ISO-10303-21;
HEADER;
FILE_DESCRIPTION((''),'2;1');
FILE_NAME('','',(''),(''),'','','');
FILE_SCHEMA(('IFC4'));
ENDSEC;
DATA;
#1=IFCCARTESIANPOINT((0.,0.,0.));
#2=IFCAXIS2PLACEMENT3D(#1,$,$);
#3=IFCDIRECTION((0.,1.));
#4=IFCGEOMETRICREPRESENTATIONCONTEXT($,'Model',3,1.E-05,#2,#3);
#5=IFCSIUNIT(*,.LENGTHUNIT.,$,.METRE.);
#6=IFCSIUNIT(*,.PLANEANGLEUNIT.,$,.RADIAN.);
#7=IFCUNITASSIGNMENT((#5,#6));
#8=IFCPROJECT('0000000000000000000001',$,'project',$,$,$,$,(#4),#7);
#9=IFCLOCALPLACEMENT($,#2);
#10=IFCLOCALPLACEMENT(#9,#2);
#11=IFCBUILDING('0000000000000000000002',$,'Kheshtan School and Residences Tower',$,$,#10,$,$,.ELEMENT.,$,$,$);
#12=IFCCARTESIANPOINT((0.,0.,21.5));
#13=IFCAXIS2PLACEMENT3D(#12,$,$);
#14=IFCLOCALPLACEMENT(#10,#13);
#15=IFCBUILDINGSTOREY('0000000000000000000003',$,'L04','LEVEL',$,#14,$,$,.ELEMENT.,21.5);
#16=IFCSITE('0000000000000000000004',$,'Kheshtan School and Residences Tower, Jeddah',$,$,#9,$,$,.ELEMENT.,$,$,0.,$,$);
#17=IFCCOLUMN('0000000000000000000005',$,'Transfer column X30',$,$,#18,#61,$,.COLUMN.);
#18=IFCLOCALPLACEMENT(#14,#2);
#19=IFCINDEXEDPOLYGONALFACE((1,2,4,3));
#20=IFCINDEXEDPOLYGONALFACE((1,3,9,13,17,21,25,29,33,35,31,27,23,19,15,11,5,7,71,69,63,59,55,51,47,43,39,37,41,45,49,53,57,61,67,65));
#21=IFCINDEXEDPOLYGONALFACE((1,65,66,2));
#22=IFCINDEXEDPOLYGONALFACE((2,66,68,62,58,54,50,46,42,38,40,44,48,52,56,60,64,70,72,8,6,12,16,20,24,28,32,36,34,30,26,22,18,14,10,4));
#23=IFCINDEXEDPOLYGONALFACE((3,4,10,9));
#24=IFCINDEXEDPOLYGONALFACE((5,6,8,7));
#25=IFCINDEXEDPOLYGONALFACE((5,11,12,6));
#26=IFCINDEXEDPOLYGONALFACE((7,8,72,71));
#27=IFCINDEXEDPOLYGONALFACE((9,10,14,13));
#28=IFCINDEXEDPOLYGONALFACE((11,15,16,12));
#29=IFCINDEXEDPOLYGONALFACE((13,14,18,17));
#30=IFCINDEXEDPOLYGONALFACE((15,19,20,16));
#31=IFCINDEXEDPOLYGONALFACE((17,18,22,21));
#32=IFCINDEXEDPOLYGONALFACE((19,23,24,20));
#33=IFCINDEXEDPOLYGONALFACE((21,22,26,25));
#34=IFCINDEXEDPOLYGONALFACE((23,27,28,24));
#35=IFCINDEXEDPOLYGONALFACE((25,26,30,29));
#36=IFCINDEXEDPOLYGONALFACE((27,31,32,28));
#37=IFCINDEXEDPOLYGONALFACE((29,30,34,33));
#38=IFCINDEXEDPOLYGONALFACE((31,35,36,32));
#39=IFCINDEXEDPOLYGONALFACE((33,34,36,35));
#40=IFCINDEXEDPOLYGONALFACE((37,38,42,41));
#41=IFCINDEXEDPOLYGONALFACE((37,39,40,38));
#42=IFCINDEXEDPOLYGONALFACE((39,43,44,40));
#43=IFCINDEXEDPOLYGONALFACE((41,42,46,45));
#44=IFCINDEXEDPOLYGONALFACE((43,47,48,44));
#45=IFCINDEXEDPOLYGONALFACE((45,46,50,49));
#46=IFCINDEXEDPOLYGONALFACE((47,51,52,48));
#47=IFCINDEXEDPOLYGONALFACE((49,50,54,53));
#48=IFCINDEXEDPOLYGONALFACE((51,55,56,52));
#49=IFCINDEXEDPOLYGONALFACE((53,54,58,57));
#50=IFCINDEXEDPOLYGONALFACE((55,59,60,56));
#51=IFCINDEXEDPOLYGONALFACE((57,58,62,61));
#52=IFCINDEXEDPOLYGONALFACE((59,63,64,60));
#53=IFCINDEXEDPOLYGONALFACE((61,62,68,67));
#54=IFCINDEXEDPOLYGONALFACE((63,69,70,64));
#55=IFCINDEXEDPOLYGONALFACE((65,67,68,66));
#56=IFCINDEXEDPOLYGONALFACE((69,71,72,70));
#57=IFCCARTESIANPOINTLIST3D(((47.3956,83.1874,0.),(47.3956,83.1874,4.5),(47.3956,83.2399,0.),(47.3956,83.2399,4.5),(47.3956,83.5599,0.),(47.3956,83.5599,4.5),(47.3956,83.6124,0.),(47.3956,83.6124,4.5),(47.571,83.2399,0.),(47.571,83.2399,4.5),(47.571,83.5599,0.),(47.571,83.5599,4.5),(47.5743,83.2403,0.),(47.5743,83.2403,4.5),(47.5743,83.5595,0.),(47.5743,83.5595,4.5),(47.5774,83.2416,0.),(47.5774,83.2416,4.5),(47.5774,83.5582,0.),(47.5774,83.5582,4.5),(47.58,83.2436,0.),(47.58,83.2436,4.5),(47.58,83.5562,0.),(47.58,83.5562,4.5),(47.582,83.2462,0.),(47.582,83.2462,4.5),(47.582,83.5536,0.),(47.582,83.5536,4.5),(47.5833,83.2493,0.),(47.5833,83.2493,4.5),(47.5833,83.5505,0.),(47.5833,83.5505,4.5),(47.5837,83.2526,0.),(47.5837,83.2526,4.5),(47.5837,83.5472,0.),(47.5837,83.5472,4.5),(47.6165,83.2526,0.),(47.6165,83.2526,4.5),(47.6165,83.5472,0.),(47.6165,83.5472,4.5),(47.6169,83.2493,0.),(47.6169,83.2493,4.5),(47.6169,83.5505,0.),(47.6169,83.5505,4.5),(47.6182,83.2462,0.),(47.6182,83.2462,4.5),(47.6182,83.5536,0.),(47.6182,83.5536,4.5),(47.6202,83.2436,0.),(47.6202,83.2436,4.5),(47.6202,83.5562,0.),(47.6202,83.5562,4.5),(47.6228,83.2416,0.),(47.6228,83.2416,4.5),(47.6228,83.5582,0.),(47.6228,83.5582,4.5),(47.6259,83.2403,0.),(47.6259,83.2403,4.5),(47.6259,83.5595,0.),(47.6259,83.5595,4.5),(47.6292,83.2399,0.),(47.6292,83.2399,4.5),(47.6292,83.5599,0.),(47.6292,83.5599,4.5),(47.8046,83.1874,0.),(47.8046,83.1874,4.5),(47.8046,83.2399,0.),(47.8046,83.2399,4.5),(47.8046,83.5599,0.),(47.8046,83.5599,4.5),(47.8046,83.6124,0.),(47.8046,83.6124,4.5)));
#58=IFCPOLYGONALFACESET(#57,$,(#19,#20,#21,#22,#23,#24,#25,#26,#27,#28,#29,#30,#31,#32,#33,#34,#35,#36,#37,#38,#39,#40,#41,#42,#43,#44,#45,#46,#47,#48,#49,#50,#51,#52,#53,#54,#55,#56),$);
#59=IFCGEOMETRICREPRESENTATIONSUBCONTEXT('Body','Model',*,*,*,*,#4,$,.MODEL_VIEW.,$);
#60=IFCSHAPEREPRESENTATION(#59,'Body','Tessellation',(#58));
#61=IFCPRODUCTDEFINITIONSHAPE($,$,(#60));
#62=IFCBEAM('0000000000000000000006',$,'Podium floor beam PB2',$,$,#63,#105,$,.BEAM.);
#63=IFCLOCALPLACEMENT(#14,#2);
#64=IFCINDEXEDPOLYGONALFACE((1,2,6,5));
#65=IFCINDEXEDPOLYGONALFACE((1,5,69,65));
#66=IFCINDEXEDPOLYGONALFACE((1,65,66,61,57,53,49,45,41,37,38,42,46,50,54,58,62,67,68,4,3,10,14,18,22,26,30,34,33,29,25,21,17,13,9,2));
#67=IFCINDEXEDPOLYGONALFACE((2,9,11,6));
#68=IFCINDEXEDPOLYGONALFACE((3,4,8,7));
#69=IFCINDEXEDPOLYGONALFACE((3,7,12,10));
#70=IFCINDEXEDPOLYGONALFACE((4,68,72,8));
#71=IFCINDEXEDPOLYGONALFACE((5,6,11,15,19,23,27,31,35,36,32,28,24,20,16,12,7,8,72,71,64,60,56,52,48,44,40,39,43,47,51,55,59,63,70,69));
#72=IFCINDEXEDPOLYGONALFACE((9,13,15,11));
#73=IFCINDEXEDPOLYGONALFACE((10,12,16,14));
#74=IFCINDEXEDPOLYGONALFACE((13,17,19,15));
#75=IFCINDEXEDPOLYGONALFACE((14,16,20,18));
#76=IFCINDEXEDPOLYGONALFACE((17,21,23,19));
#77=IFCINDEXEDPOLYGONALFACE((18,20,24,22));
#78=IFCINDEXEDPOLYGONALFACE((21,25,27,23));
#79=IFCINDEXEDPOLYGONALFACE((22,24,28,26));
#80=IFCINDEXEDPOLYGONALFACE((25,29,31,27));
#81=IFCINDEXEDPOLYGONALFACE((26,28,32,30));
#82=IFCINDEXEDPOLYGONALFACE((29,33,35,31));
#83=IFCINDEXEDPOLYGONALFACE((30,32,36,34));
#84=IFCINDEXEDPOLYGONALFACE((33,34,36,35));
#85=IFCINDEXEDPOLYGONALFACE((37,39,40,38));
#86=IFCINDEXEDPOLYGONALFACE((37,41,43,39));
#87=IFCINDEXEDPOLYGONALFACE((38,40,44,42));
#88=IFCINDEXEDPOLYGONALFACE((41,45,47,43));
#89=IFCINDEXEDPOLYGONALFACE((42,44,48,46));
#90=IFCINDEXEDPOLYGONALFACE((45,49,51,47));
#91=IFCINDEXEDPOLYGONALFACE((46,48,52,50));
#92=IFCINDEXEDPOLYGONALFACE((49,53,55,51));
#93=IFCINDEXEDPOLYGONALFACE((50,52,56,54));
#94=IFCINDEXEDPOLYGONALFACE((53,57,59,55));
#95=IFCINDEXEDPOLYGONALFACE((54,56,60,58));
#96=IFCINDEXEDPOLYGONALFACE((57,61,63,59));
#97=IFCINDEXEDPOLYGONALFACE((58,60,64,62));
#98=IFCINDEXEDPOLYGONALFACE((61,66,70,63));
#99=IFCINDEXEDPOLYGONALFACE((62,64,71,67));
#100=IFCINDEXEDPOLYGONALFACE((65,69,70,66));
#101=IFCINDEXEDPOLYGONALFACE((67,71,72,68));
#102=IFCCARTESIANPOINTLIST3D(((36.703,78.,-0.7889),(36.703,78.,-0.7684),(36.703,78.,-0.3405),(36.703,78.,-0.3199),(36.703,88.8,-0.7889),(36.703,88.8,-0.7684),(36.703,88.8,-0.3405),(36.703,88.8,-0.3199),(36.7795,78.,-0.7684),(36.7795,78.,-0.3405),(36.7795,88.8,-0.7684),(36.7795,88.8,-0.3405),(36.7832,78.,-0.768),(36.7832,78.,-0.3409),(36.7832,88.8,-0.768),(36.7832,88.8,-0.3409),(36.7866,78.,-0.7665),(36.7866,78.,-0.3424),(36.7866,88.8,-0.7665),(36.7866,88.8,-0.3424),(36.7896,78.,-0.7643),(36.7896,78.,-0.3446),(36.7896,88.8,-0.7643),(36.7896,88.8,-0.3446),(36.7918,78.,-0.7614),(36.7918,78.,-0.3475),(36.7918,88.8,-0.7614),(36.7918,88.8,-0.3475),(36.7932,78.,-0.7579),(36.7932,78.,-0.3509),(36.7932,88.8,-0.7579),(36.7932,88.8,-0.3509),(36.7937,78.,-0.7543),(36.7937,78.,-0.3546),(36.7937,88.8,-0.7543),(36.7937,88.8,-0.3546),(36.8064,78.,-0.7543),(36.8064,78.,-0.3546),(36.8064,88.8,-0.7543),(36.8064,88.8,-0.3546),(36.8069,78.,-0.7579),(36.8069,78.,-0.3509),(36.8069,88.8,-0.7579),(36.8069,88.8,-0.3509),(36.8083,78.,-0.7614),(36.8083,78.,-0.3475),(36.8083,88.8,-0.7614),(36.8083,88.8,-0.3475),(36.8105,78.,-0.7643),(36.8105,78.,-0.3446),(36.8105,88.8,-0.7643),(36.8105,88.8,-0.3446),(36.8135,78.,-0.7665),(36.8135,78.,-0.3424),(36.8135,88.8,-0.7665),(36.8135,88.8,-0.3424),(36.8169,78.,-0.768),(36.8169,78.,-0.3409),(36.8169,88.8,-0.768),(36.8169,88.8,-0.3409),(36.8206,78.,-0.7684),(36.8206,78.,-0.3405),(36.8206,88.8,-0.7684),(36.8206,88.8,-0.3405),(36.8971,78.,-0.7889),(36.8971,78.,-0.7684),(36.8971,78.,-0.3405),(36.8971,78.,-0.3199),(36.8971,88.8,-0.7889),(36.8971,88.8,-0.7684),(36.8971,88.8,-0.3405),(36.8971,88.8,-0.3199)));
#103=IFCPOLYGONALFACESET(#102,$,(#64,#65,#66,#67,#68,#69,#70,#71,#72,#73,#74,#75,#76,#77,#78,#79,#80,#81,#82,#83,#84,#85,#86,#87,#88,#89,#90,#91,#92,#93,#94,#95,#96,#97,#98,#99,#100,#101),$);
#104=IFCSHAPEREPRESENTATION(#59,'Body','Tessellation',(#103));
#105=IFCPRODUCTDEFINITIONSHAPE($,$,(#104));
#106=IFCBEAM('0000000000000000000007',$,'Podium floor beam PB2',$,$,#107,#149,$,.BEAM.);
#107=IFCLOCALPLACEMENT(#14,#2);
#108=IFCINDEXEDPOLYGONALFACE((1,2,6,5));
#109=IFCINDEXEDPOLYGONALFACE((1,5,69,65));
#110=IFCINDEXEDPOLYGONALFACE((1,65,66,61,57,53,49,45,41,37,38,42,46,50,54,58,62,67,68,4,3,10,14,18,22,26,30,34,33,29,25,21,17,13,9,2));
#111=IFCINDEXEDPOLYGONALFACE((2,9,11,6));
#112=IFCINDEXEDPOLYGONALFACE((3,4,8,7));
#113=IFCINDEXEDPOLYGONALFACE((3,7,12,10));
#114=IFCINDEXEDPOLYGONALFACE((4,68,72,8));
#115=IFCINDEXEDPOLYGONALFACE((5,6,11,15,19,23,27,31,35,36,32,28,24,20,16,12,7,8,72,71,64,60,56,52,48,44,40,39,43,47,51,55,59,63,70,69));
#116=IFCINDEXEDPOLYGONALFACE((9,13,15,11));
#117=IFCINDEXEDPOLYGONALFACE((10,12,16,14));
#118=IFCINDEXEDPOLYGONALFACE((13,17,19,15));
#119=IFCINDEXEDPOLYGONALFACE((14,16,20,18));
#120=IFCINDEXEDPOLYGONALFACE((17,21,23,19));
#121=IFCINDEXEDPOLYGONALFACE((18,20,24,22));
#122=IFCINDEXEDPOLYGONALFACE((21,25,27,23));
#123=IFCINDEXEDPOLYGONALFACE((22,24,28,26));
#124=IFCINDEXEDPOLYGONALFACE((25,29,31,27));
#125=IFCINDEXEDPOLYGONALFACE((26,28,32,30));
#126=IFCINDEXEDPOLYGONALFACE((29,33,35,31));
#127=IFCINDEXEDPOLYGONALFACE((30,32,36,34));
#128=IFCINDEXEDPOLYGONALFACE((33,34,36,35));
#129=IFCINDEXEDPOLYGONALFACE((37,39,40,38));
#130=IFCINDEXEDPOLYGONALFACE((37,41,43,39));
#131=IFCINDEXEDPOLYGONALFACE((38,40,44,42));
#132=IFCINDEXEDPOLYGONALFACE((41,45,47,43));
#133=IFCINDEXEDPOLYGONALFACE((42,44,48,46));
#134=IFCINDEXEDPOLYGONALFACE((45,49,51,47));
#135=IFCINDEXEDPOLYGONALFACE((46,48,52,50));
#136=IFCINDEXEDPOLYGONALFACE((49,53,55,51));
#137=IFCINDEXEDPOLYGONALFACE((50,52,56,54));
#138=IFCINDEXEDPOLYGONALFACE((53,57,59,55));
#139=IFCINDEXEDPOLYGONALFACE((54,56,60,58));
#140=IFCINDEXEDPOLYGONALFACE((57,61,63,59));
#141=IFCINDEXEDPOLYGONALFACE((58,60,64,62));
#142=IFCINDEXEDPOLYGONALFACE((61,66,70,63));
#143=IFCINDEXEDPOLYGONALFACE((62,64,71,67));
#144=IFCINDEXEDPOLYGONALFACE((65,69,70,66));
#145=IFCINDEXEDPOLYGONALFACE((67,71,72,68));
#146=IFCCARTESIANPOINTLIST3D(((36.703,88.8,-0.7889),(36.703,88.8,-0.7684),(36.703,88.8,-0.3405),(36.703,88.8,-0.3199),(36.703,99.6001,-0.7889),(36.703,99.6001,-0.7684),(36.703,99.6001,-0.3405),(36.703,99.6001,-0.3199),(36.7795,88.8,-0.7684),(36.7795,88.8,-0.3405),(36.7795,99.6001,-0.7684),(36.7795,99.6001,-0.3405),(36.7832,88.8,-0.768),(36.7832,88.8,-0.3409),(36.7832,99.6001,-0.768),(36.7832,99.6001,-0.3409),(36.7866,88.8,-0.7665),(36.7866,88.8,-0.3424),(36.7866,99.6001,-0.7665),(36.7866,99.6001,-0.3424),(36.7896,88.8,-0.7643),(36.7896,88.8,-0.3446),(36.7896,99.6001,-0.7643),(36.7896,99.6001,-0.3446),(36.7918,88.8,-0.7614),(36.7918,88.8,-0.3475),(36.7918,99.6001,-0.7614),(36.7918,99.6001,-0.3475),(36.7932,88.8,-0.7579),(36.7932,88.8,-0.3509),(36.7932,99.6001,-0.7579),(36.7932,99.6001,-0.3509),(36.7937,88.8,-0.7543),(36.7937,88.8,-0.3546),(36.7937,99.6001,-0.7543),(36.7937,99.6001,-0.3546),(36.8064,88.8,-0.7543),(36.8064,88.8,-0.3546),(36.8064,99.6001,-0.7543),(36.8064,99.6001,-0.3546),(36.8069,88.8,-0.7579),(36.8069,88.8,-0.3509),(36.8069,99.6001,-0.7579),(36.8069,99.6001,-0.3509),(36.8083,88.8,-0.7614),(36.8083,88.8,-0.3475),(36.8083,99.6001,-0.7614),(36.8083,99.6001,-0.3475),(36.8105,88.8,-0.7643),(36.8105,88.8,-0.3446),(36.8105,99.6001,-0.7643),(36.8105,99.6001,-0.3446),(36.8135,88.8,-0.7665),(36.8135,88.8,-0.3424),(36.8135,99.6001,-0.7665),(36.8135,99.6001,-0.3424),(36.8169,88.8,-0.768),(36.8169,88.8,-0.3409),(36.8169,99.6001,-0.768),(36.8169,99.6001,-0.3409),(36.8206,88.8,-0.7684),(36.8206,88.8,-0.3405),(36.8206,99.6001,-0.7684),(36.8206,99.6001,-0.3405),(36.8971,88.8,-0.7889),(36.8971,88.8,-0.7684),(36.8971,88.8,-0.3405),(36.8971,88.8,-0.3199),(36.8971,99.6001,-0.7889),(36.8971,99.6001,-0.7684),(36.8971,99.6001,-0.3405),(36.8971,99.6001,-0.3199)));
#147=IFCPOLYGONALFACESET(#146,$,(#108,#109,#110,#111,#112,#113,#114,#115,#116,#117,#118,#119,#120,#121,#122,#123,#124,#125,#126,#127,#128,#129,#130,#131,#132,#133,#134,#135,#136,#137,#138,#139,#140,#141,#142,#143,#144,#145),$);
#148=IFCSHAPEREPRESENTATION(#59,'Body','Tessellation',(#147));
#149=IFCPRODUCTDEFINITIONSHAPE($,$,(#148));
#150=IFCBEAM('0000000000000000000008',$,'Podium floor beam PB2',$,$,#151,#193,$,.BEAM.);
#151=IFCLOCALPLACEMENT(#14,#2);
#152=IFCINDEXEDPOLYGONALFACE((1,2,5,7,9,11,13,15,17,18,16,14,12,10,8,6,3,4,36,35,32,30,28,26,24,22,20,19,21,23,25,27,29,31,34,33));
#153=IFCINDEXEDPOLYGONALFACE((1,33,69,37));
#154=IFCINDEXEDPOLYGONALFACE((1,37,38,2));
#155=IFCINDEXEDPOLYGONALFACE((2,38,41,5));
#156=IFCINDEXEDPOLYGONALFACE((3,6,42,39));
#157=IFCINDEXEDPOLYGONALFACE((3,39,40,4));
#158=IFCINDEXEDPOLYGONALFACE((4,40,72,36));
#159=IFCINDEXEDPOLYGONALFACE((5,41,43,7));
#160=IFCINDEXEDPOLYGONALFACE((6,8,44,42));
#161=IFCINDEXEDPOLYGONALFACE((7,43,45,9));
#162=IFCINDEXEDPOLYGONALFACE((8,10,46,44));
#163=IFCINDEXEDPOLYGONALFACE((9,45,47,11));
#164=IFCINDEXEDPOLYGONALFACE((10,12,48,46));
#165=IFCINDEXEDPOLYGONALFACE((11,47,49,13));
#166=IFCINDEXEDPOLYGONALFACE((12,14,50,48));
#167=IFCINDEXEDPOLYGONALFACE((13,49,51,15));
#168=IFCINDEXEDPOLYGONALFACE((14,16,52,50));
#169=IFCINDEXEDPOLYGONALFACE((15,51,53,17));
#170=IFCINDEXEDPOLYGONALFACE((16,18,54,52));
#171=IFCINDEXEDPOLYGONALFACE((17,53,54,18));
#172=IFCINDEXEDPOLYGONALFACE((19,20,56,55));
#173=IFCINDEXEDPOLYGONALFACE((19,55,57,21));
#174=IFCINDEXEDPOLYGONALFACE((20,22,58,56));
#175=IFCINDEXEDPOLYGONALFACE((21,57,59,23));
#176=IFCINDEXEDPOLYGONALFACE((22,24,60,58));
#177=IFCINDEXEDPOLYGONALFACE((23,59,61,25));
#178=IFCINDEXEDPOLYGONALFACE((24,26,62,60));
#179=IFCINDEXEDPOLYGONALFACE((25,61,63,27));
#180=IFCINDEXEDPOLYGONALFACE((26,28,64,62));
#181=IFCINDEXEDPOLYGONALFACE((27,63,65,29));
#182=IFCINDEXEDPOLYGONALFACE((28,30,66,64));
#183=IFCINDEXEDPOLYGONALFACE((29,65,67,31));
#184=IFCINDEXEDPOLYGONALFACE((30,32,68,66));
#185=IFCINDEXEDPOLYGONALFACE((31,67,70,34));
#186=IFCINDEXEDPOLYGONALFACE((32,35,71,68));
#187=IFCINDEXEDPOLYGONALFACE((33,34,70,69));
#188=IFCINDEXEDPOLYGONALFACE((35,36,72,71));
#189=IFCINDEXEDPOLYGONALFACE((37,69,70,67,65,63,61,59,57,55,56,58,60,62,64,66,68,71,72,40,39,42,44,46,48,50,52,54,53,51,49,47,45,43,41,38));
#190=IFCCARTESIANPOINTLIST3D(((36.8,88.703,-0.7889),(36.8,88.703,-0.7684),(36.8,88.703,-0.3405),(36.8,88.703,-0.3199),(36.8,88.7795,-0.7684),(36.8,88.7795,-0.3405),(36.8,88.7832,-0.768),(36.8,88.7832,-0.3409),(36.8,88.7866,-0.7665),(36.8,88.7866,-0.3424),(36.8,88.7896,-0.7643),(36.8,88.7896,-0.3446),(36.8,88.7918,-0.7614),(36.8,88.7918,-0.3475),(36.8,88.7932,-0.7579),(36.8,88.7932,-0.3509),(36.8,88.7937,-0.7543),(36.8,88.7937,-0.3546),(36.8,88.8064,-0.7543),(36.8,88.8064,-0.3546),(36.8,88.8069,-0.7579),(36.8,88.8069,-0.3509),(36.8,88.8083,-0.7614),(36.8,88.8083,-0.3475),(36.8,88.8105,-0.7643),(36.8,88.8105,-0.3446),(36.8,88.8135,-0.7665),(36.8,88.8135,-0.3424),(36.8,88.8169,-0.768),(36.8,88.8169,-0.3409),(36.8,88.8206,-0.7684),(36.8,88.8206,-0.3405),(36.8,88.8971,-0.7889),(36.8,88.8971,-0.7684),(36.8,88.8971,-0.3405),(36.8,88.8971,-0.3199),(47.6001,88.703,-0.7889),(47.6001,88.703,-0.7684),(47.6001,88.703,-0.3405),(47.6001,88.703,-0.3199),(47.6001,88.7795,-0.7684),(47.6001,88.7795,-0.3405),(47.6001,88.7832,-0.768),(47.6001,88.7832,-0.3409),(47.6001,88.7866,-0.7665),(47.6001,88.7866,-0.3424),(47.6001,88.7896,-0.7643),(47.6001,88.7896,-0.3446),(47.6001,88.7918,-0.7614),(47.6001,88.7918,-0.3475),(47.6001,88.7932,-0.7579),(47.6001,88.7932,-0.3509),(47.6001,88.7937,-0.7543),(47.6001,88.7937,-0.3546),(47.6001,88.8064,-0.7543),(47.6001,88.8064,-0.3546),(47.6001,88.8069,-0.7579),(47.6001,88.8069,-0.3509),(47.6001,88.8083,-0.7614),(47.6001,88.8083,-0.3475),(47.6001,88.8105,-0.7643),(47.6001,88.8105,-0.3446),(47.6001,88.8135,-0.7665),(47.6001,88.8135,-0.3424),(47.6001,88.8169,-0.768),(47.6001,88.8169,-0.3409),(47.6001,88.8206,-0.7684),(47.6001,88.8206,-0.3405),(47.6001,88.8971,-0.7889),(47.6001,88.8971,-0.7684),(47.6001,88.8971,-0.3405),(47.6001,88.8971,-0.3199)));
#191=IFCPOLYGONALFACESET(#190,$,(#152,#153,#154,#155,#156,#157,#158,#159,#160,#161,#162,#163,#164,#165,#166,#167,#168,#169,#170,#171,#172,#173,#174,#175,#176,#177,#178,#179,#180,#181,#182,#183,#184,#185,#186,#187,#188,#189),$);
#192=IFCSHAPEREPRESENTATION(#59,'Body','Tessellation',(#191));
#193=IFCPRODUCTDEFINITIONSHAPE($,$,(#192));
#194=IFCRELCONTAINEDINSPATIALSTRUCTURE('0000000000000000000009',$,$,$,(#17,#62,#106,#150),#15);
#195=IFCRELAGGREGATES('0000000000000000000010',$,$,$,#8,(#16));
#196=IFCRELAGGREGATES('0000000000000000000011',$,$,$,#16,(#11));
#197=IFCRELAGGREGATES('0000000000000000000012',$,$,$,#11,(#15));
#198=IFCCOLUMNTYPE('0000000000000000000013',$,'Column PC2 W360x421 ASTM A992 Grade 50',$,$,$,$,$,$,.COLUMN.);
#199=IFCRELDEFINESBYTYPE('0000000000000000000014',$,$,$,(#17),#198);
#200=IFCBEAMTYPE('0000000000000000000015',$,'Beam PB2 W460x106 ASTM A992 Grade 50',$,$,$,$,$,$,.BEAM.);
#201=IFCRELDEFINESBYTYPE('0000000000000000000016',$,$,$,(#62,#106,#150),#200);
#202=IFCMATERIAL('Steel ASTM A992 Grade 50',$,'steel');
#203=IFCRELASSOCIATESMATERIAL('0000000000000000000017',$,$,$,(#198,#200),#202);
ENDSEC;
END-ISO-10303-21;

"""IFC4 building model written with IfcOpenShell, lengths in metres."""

from ifc_helpers import new_model, si_unit, direction, frame, origin, origin_2d, place, context, subcontext, project, spatial, i_section, extrude, material, material_profile, profile_set, type_object, element, save


model = new_model("IFC4")

# Units and contexts
model_context = context("Model", 3, precision=1e-05, world=origin(), true_north=direction((0.0, 1.0)))
body_context = subcontext(model_context, "Body", "Model", "MODEL_VIEW")
ifc_project = project(units=[si_unit("LENGTHUNIT", "METRE"), si_unit("PLANEANGLEUNIT", "RADIAN")], contexts=[model_context])

# Site, building, storey
site_placement = place(None, origin())
site = spatial("IfcSite", under=ifc_project, at=site_placement, Name="Kheshtan School and Residences Tower, Jeddah", CompositionType="ELEMENT", RefElevation=0.0)
building_placement = place(site_placement, origin())
building = spatial("IfcBuilding", under=site, at=building_placement, Name="Kheshtan School and Residences Tower", CompositionType="ELEMENT")
storey_placement = place(building_placement, frame((0.0, 0.0, 21.5)))
storey = spatial("IfcBuildingStorey", under=building, at=storey_placement, Name="L04", Description="LEVEL", CompositionType="ELEMENT", Elevation=21.5)

# Column
ifc_material_1 = material(Name="Steel ASTM A992 Grade 50", Category="steel")
ifc_material_profile_1 = material_profile(ifc_material_1, i_section(OverallWidth=0.4089, OverallDepth=0.425, WebThickness=0.0327, FlangeThickness=0.0525, FilletRadius=0.0127, at=origin_2d()), Name="W360x421")
ifc_profile_set_1 = profile_set([ifc_material_profile_1], Name="Steel ASTM A992 Grade 50")
column_type = type_object("IfcColumnType", Name="Column PC2 W360x421 ASTM A992 Grade 50", PredefinedType="COLUMN", material=ifc_profile_set_1)
for number, where, z_axis, x_axis, name in (
    (1, (47.6001, 83.3999, 0.0), (0.0, 0.0, 1.0), (1.0, 0.0, 0.0), "Transfer column X30"),
):
    element("IfcColumn", number, at=place(storey_placement, frame(where, z_axis=z_axis, x_axis=x_axis)), inside=storey, type_object=column_type, Name=name, PredefinedType="COLUMN", context=body_context, shape_type="SweptSolid", body=[
        extrude(i_section(OverallWidth=0.4089, OverallDepth=0.425, WebThickness=0.0327, FlangeThickness=0.0525, FilletRadius=0.0127, at=origin_2d()), origin(), (0.0, 0.0, 1.0), 4.5),
    ])

# Beams
ifc_material_profile_2 = material_profile(ifc_material_1, i_section(OverallWidth=0.1941, OverallDepth=0.469, WebThickness=0.0127, FlangeThickness=0.0205, FilletRadius=0.0142, at=origin_2d()), Name="W460x106")
ifc_profile_set_2 = profile_set([ifc_material_profile_2], Name="Steel ASTM A992 Grade 50")
beam_type = type_object("IfcBeamType", Name="Beam PB2 W460x106 ASTM A992 Grade 50", PredefinedType="BEAM", material=ifc_profile_set_2)
for number, where, z_axis, x_axis, name in (
    (2, (36.8, 78.0, -0.5544), (0.0, 1.0, 0.0), (-1.0, 0.0, 0.0), "Podium floor beam PB2"),
    (3, (36.8, 88.8, -0.5544), (0.0, 1.0, 0.0), (-1.0, 0.0, 0.0), "Podium floor beam PB2"),
    (4, (36.8, 88.8, -0.5544), (1.0, 0.0, 0.0), (0.0, 1.0, 0.0), "Podium floor beam PB2"),
):
    element("IfcBeam", number, at=place(storey_placement, frame(where, z_axis=z_axis, x_axis=x_axis)), inside=storey, type_object=beam_type, Name=name, PredefinedType="BEAM", context=body_context, shape_type="SweptSolid", body=[
        extrude(i_section(OverallWidth=0.1941, OverallDepth=0.469, WebThickness=0.0127, FlangeThickness=0.0205, FilletRadius=0.0142, at=origin_2d()), origin(), (0.0, 0.0, 1.0), 10.8),
    ])

save(model, "model.ifc")
